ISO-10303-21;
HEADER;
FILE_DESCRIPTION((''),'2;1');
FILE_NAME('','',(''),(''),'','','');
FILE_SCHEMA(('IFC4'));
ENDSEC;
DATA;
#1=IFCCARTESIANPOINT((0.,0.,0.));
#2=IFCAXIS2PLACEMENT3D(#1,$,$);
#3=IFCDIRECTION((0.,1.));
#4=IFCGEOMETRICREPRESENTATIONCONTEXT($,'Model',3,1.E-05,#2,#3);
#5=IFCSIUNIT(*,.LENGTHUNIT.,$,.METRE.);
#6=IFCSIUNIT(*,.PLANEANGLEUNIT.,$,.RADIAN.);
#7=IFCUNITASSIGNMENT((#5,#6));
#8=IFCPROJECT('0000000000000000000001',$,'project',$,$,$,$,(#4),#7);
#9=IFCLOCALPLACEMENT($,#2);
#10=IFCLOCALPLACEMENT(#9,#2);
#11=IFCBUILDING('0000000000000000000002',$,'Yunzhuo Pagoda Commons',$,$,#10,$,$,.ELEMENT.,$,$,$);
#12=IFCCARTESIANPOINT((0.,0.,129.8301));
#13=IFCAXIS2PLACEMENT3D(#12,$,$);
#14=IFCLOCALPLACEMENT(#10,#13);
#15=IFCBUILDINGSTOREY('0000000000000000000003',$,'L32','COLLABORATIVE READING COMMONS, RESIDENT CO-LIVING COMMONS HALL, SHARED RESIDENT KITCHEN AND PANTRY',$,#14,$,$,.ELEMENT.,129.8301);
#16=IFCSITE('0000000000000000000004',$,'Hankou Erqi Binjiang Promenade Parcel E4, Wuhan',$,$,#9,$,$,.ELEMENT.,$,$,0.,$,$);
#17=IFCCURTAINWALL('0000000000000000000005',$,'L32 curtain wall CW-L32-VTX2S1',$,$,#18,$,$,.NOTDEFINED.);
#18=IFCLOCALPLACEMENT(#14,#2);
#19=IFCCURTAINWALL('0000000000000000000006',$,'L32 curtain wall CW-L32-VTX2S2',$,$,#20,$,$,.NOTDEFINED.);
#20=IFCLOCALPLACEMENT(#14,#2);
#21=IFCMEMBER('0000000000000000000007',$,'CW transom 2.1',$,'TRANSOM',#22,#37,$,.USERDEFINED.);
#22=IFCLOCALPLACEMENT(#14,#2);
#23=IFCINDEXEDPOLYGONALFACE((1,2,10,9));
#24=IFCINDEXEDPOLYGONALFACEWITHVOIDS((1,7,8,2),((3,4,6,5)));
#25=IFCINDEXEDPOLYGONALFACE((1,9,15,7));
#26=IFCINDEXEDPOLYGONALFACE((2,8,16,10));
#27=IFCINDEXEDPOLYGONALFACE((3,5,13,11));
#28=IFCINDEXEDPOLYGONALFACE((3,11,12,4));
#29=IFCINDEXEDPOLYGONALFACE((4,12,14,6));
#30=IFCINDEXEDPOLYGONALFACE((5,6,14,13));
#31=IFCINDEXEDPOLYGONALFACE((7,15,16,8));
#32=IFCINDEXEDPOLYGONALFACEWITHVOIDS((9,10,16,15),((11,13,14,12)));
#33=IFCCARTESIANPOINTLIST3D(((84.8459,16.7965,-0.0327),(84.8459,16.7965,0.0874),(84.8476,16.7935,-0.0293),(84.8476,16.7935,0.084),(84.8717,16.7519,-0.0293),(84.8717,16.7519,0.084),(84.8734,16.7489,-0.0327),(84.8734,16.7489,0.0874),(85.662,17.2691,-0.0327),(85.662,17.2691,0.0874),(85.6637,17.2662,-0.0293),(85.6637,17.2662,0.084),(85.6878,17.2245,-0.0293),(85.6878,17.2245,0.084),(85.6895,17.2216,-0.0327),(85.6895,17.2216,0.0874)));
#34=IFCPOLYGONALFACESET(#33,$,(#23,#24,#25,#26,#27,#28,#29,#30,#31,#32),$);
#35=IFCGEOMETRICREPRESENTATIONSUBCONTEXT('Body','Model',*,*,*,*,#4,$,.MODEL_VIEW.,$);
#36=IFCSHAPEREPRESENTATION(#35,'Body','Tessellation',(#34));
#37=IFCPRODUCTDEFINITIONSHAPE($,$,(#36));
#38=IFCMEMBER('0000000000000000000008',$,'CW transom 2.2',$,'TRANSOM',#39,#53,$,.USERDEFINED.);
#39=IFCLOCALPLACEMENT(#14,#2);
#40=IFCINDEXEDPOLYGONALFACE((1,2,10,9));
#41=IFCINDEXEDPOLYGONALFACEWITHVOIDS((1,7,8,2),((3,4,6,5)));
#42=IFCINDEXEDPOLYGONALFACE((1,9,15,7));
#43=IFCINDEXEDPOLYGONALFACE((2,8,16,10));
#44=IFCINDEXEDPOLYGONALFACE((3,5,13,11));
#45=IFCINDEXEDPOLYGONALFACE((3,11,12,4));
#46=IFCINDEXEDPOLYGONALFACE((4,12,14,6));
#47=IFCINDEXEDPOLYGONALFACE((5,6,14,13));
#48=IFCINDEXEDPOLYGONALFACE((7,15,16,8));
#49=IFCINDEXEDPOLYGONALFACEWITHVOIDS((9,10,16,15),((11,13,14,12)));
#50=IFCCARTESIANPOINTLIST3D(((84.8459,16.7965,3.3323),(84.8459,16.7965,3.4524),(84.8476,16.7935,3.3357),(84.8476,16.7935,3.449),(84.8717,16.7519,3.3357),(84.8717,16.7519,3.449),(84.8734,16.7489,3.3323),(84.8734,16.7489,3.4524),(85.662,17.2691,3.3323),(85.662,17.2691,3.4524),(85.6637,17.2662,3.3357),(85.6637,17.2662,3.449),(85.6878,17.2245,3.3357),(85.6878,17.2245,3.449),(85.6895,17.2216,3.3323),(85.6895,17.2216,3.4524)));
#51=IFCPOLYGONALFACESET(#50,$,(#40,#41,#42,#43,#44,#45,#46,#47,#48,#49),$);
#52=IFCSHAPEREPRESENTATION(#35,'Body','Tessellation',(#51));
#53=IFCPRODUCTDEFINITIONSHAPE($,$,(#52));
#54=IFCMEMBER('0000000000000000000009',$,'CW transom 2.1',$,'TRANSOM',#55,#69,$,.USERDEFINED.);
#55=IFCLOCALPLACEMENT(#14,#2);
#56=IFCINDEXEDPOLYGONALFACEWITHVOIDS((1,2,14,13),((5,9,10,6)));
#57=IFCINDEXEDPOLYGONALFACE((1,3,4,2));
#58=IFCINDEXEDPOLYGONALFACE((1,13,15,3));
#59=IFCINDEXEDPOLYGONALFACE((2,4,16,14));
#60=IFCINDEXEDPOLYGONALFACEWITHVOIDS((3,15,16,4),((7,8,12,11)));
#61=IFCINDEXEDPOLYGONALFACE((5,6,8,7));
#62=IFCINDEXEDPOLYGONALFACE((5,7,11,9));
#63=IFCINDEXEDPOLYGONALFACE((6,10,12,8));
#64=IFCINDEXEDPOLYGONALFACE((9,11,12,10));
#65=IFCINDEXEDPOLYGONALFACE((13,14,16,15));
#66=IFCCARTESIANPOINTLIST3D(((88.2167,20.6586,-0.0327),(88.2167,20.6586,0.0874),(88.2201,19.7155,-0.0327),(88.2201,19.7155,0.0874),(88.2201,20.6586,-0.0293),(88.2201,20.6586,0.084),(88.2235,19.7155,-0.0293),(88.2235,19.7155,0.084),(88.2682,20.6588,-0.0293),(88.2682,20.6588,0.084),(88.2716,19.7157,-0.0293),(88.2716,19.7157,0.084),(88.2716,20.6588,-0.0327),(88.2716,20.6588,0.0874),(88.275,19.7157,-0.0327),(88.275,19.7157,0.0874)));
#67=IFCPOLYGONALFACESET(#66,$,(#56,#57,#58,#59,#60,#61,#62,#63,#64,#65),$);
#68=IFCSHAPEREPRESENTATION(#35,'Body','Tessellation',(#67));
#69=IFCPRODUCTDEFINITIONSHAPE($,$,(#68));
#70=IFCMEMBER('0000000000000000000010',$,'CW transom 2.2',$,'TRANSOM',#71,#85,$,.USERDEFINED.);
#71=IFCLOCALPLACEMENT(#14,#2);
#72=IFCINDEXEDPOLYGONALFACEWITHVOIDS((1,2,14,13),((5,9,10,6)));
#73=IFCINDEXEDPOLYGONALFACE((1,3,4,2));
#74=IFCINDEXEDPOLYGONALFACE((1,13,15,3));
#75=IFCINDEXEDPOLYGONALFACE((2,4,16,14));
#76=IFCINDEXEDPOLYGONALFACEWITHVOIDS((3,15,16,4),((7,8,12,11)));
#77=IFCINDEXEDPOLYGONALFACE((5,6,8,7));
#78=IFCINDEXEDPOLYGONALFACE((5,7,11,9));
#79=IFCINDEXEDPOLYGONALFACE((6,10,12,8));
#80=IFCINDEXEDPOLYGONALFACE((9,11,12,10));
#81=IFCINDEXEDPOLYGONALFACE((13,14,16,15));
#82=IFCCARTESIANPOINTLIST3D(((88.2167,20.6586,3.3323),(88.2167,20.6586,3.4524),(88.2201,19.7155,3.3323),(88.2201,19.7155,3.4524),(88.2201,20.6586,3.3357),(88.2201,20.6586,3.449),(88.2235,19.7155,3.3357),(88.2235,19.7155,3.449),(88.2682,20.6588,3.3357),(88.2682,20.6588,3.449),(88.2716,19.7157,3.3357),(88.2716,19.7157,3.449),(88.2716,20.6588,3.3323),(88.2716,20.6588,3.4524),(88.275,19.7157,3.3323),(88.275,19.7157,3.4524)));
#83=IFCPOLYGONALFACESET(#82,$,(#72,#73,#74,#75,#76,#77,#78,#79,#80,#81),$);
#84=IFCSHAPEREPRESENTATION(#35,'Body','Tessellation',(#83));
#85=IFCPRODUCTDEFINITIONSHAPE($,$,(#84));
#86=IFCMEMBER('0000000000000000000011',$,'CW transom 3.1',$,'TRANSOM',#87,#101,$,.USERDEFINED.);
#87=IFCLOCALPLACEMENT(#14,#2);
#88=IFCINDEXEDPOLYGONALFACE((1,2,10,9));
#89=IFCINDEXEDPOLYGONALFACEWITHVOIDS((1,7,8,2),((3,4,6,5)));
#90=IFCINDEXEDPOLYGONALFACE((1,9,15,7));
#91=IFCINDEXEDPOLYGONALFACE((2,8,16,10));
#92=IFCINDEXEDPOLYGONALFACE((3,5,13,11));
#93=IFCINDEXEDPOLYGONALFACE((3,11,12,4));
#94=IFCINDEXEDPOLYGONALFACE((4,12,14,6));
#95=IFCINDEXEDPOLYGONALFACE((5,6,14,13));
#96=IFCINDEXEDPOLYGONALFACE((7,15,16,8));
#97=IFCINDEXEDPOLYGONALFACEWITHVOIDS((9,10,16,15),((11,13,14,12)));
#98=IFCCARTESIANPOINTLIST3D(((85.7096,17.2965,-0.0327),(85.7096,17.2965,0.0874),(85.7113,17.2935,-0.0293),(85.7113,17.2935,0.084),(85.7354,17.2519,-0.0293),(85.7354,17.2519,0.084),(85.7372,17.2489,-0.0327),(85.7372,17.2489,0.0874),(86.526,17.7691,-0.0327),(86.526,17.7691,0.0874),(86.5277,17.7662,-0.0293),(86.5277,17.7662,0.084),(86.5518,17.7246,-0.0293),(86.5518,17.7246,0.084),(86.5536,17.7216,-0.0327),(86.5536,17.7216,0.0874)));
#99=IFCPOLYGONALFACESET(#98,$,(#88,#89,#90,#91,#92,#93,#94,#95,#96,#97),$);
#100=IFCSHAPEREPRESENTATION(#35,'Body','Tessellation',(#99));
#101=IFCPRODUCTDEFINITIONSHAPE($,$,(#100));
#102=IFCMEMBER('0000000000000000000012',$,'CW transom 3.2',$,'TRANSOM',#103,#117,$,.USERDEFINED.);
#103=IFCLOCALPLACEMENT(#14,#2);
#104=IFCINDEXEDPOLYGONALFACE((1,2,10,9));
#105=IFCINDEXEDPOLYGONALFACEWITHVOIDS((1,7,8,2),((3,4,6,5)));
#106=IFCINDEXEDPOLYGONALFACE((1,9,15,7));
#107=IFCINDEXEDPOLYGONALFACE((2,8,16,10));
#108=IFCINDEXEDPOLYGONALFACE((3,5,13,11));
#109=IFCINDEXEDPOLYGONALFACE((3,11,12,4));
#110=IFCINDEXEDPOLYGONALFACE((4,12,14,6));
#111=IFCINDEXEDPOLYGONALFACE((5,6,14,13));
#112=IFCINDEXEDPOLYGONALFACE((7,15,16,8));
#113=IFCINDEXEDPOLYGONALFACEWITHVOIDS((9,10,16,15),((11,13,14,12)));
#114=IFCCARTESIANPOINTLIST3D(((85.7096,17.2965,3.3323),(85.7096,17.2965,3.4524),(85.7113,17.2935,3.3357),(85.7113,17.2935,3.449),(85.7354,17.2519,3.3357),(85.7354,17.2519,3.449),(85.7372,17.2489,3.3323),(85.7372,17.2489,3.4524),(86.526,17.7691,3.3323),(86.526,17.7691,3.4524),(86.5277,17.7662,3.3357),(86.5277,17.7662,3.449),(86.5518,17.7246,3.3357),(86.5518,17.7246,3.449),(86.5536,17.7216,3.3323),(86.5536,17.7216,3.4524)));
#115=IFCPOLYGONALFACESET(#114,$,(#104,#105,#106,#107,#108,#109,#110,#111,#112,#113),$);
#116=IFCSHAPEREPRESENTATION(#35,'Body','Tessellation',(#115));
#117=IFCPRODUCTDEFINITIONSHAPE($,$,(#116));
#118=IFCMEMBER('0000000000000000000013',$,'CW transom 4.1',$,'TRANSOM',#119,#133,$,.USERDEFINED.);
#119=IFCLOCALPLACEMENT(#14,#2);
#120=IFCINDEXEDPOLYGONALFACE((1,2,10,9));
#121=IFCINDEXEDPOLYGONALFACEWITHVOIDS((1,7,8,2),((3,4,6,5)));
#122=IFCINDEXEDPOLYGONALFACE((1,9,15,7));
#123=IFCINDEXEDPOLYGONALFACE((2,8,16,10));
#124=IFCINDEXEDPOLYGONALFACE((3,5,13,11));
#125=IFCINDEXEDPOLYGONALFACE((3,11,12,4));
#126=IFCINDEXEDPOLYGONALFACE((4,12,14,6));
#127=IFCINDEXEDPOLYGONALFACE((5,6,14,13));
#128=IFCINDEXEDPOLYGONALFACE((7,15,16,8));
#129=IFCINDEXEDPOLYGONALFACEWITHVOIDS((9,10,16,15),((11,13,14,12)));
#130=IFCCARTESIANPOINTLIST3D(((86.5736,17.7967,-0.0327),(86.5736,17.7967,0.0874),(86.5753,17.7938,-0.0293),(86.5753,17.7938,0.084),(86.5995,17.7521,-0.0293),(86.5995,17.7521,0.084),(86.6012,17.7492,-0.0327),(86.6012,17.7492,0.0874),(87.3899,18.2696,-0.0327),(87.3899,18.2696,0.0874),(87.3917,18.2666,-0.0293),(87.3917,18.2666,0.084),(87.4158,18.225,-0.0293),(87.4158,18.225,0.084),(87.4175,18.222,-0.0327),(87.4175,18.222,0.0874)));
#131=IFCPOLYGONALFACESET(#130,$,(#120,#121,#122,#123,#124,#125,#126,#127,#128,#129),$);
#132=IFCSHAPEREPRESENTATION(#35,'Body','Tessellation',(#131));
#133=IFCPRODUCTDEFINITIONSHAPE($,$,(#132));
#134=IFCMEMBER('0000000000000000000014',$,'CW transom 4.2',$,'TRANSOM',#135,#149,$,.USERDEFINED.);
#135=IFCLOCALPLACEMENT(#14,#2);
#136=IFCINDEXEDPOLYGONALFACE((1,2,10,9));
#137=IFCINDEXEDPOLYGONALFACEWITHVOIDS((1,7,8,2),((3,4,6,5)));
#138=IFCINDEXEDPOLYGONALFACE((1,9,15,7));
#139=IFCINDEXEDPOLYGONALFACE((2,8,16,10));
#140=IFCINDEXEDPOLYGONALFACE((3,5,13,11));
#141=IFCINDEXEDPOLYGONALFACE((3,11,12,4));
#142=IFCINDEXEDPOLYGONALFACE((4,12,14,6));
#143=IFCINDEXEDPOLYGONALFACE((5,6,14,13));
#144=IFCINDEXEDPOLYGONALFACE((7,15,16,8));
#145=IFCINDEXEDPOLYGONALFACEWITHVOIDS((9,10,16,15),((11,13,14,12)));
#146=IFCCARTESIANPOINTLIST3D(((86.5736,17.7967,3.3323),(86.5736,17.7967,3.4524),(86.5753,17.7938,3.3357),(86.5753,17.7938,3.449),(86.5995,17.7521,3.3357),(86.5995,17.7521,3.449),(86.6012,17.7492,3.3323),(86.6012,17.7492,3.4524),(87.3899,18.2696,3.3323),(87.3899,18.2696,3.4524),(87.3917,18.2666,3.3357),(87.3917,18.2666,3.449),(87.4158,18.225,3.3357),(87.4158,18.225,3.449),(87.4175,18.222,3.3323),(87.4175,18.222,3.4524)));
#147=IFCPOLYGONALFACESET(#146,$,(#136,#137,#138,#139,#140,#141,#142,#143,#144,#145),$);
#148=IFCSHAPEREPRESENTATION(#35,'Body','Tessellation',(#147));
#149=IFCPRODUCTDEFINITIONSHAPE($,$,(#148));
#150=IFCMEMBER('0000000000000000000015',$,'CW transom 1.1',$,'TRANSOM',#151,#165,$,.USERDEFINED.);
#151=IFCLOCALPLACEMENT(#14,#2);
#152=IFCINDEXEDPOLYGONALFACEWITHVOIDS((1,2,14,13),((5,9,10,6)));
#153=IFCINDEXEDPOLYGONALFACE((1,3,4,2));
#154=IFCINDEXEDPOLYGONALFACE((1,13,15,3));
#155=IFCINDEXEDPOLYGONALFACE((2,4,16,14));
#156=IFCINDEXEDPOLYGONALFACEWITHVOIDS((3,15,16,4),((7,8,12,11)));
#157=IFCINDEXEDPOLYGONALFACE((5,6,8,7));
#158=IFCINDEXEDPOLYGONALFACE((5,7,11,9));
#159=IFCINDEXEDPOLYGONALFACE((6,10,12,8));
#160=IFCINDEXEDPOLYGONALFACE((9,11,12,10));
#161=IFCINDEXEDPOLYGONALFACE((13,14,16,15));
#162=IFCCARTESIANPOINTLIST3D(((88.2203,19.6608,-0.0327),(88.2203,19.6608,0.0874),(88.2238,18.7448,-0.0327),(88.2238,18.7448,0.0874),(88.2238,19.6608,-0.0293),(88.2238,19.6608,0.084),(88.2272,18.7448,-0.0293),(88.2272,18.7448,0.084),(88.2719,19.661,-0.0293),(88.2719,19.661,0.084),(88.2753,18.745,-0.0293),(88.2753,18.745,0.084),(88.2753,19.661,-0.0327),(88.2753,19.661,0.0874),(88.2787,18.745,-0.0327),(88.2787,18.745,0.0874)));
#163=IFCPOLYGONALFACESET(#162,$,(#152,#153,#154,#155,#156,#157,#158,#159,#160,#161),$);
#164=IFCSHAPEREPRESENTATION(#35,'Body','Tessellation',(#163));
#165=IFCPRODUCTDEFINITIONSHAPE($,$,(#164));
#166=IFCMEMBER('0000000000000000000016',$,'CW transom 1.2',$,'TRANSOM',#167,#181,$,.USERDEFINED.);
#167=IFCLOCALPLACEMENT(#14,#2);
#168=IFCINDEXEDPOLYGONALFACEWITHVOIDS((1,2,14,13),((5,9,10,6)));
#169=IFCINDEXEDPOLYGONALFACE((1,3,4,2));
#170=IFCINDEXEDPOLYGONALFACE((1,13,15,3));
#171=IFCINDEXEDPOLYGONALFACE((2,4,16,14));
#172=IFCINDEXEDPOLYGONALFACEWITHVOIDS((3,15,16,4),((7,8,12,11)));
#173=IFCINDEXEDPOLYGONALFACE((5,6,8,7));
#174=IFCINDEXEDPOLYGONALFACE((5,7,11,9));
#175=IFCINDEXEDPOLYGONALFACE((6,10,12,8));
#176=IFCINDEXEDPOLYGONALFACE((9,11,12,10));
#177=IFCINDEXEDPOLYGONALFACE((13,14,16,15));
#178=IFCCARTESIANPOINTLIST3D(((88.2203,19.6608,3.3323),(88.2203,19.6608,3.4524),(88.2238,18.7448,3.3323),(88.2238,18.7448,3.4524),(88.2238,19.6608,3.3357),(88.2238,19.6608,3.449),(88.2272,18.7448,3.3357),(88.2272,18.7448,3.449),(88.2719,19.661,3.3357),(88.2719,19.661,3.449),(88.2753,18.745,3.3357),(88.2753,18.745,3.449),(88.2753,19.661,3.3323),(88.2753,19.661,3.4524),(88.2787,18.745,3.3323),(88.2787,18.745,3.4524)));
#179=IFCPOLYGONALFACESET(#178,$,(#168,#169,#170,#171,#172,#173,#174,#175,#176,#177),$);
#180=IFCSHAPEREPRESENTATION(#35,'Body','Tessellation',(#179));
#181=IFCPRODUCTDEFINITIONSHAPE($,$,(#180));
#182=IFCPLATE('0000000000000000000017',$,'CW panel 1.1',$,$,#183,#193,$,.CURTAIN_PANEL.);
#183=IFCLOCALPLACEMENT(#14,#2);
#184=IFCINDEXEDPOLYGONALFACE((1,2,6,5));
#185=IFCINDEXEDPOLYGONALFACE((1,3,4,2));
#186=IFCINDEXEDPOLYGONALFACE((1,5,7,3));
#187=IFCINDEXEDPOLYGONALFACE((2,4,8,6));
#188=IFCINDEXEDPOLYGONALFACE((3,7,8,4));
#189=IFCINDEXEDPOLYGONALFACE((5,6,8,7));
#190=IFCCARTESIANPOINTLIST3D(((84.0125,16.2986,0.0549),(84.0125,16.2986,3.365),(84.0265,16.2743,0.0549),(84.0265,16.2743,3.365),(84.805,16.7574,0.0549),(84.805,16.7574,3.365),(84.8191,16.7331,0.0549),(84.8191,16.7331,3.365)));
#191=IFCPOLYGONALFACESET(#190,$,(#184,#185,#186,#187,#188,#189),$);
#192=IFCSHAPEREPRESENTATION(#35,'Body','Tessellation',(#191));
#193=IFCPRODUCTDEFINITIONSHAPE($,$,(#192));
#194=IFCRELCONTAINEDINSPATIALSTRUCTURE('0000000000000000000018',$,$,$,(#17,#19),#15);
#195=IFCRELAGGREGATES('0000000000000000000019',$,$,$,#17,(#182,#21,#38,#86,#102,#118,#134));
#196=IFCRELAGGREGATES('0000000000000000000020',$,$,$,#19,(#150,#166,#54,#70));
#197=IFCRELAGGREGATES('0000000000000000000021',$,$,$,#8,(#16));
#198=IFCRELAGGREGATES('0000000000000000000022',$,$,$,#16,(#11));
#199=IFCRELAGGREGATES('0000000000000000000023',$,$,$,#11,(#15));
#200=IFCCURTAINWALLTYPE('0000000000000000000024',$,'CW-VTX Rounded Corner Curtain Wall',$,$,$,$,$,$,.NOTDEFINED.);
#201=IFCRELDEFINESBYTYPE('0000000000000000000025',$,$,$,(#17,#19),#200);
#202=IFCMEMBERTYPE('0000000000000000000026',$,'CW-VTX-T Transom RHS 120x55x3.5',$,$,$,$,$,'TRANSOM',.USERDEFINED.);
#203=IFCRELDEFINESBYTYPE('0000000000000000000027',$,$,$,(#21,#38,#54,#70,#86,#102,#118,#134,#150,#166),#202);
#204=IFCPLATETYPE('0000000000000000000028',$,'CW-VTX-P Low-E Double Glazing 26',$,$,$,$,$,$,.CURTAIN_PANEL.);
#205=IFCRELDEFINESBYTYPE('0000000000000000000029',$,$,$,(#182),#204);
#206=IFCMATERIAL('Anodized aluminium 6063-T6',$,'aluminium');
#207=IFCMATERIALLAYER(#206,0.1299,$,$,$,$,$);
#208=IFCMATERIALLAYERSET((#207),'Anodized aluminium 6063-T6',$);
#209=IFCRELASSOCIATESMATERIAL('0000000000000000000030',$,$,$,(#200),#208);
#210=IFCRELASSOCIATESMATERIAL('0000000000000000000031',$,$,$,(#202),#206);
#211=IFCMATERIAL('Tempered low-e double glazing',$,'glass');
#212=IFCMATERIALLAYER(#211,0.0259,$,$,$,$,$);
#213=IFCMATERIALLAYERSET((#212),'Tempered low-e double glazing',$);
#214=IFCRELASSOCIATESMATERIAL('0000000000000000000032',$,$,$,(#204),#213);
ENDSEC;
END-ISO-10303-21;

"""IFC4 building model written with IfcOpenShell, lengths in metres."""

from ifc_helpers import new_model, si_unit, direction, frame, origin, origin_2d, place, context, subcontext, project, spatial, rectangle, hollow_rectangle, extrude, source, transform, mapped, material, layer, layer_set, material_profile, profile_set, type_object, element, aggregate, save


model = new_model("IFC4")

# Units and contexts
model_context = context("Model", 3, precision=1e-05, world=origin(), true_north=direction((0.0, 1.0)))
body_context = subcontext(model_context, "Body", "Model", "MODEL_VIEW")
ifc_project = project(units=[si_unit("LENGTHUNIT", "METRE"), si_unit("PLANEANGLEUNIT", "RADIAN")], contexts=[model_context])

# Site, building, storey
site_placement = place(None, origin())
site = spatial("IfcSite", under=ifc_project, at=site_placement, Name="Hankou Erqi Binjiang Promenade Parcel E4, Wuhan", CompositionType="ELEMENT", RefElevation=0.0)
building_placement = place(site_placement, origin())
building = spatial("IfcBuilding", under=site, at=building_placement, Name="Yunzhuo Pagoda Commons", CompositionType="ELEMENT")
storey_placement = place(building_placement, frame((0.0, 0.0, 129.8301)))
storey = spatial("IfcBuildingStorey", under=building, at=storey_placement, Name="L32", Description="COLLABORATIVE READING COMMONS, RESIDENT CO-LIVING COMMONS HALL, SHARED RESIDENT KITCHEN AND PANTRY", CompositionType="ELEMENT", Elevation=129.8301)

# Shared definitions
ifc_material_1 = material(Name="Anodized aluminium 6063-T6", Category="aluminium")

# Curtain wall
ifc_layer_1 = layer(ifc_material_1, 0.1299)
ifc_layer_set_1 = layer_set([ifc_layer_1], Name="Anodized aluminium 6063-T6")
curtain_wall_type_1 = type_object("IfcCurtainWallType", Name="CW-VTX Rounded Corner Curtain Wall", PredefinedType="NOTDEFINED", material=ifc_layer_set_1)
curtain_wall_1_placement = place(storey_placement, origin())
curtain_wall_1 = element("IfcCurtainWall", 1, at=curtain_wall_1_placement, inside=storey, type_object=curtain_wall_type_1, Name="L32 curtain wall CW-L32-VTX2S1", PredefinedType="NOTDEFINED")

# Curtain wall
curtain_wall_2_placement = place(storey_placement, origin())
curtain_wall_2 = element("IfcCurtainWall", 2, at=curtain_wall_2_placement, inside=storey, type_object=curtain_wall_type_1, Name="L32 curtain wall CW-L32-VTX2S2", PredefinedType="NOTDEFINED")

# Members
ifc_material_profile_1 = material_profile(ifc_material_1, hollow_rectangle(XDim=0.0549, YDim=0.1201, WallThickness=0.0034, at=origin_2d()), Name="Anodized aluminium 6063-T6")
ifc_profile_set_1 = profile_set([ifc_material_profile_1], Name="Anodized aluminium 6063-T6")
member_type_1 = type_object("IfcMemberType", Name="CW-VTX-T Transom RHS 120x55x3.5", ElementType="TRANSOM", PredefinedType="USERDEFINED", material=ifc_profile_set_1)
shared_shape_1 = source(origin(), body_context, "Body", "SweptSolid", [
    extrude(hollow_rectangle(XDim=0.0549, YDim=0.1201, WallThickness=0.0034, at=origin_2d()), origin(), (0.0, 0.0, 1.0), 0.9431),
])
member_1_placement = place(storey_placement, frame((84.8596, 16.7727, 0.0273), z_axis=(0.865361, 0.501149, 0.0), x_axis=(-0.501149, 0.865361, 0.0)))
member_1 = element("IfcMember", 3, at=member_1_placement, type_object=member_type_1, Name="CW transom 2.1", ObjectType="TRANSOM", PredefinedType="USERDEFINED", context=body_context, shape_type="MappedRepresentation", body=[
    mapped(shared_shape_1, transform((0.0, 0.0, 0.0), scale=1.0)),
])
member_2_placement = place(storey_placement, frame((84.8596, 16.7727, 3.3923), z_axis=(0.865361, 0.501149, 0.0), x_axis=(-0.501149, 0.865361, 0.0)))
member_2 = element("IfcMember", 4, at=member_2_placement, type_object=member_type_1, Name="CW transom 2.2", ObjectType="TRANSOM", PredefinedType="USERDEFINED", context=body_context, shape_type="MappedRepresentation", body=[
    mapped(shared_shape_1, transform((0.0, 0.0, 0.0), scale=1.0)),
])
member_3_placement = place(storey_placement, frame((88.2476, 19.7156, 0.0273), z_axis=(-0.003624, 0.999993, 0.0), x_axis=(-0.999993, -0.003624, 0.0)))
member_3 = element("IfcMember", 5, at=member_3_placement, type_object=member_type_1, Name="CW transom 2.1", ObjectType="TRANSOM", PredefinedType="USERDEFINED", context=body_context, shape_type="MappedRepresentation", body=[
    mapped(shared_shape_1, transform((0.0, 0.0, 0.0), scale=1.0)),
])
member_4_placement = place(storey_placement, frame((88.2476, 19.7156, 3.3923), z_axis=(-0.003624, 0.999993, 0.0), x_axis=(-0.999993, -0.003624, 0.0)))
member_4 = element("IfcMember", 6, at=member_4_placement, type_object=member_type_1, Name="CW transom 2.2", ObjectType="TRANSOM", PredefinedType="USERDEFINED", context=body_context, shape_type="MappedRepresentation", body=[
    mapped(shared_shape_1, transform((0.0, 0.0, 0.0), scale=1.0)),
])
shared_shape_2 = source(origin(), body_context, "Body", "SweptSolid", [
    extrude(hollow_rectangle(XDim=0.0549, YDim=0.1201, WallThickness=0.0034, at=origin_2d()), origin(), (0.0, 0.0, 1.0), 0.9434),
])
member_5_placement = place(storey_placement, frame((85.7234, 17.2727, 0.0273), z_axis=(0.865426, 0.501036, 0.0), x_axis=(-0.501036, 0.865426, 0.0)))
member_5 = element("IfcMember", 7, at=member_5_placement, type_object=member_type_1, Name="CW transom 3.1", ObjectType="TRANSOM", PredefinedType="USERDEFINED", context=body_context, shape_type="MappedRepresentation", body=[
    mapped(shared_shape_2, transform((0.0, 0.0, 0.0), scale=1.0)),
])
member_6_placement = place(storey_placement, frame((85.7234, 17.2727, 3.3923), z_axis=(0.865426, 0.501036, 0.0), x_axis=(-0.501036, 0.865426, 0.0)))
member_6 = element("IfcMember", 8, at=member_6_placement, type_object=member_type_1, Name="CW transom 3.2", ObjectType="TRANSOM", PredefinedType="USERDEFINED", context=body_context, shape_type="MappedRepresentation", body=[
    mapped(shared_shape_2, transform((0.0, 0.0, 0.0), scale=1.0)),
])
member_7_placement = place(storey_placement, frame((86.5874, 17.7729, 0.0273), z_axis=(0.865314, 0.50123, 0.0), x_axis=(-0.50123, 0.865314, 0.0)))
member_7 = element("IfcMember", 9, at=member_7_placement, type_object=member_type_1, Name="CW transom 4.1", ObjectType="TRANSOM", PredefinedType="USERDEFINED", context=body_context, shape_type="MappedRepresentation", body=[
    mapped(shared_shape_2, transform((0.0, 0.0, 0.0), scale=1.0)),
])
member_8_placement = place(storey_placement, frame((86.5874, 17.7729, 3.3923), z_axis=(0.865314, 0.50123, 0.0), x_axis=(-0.50123, 0.865314, 0.0)))
member_8 = element("IfcMember", 10, at=member_8_placement, type_object=member_type_1, Name="CW transom 4.2", ObjectType="TRANSOM", PredefinedType="USERDEFINED", context=body_context, shape_type="MappedRepresentation", body=[
    mapped(shared_shape_2, transform((0.0, 0.0, 0.0), scale=1.0)),
])
shared_shape_3 = source(origin(), body_context, "Body", "SweptSolid", [
    extrude(hollow_rectangle(XDim=0.0549, YDim=0.1201, WallThickness=0.0034, at=origin_2d()), origin(), (0.0, 0.0, 1.0), 0.916),
])
member_9_placement = place(storey_placement, frame((88.2512, 18.7449, 0.0273), z_axis=(-0.003731, 0.999993, 0.0), x_axis=(-0.999993, -0.003731, 0.0)))
member_9 = element("IfcMember", 11, at=member_9_placement, type_object=member_type_1, Name="CW transom 1.1", ObjectType="TRANSOM", PredefinedType="USERDEFINED", context=body_context, shape_type="MappedRepresentation", body=[
    mapped(shared_shape_3, transform((0.0, 0.0, 0.0), scale=1.0)),
])
member_10_placement = place(storey_placement, frame((88.2512, 18.7449, 3.3923), z_axis=(-0.003731, 0.999993, 0.0), x_axis=(-0.999993, -0.003731, 0.0)))
member_10 = element("IfcMember", 12, at=member_10_placement, type_object=member_type_1, Name="CW transom 1.2", ObjectType="TRANSOM", PredefinedType="USERDEFINED", context=body_context, shape_type="MappedRepresentation", body=[
    mapped(shared_shape_3, transform((0.0, 0.0, 0.0), scale=1.0)),
])

# Plate
ifc_material_2 = material(Name="Tempered low-e double glazing", Category="glass")
ifc_layer_2 = layer(ifc_material_2, 0.0259)
ifc_layer_set_2 = layer_set([ifc_layer_2], Name="Tempered low-e double glazing")
plate_type = type_object("IfcPlateType", Name="CW-VTX-P Low-E Double Glazing 26", PredefinedType="CURTAIN_PANEL", material=ifc_layer_set_2)
shared_shape_4 = source(origin(), body_context, "Body", "SweptSolid", [
    extrude(rectangle(XDim=0.9158, YDim=0.0281, at=origin_2d()), origin(), (0.0, 0.0, 1.0), 3.3101),
])
plate_1_placement = place(storey_placement, frame((84.4158, 16.5159, 0.0549), z_axis=(0.0, 0.0, 1.0), x_axis=(0.865425, 0.501038, 0.0)))
plate_1 = element("IfcPlate", 13, at=plate_1_placement, type_object=plate_type, Name="CW panel 1.1", PredefinedType="CURTAIN_PANEL", context=body_context, shape_type="MappedRepresentation", body=[
    mapped(shared_shape_4, transform((0.0, 0.0, 0.0), scale=1.0)),
])
aggregate(curtain_wall_1, [plate_1, member_1, member_2, member_5, member_6, member_7, member_8])
aggregate(curtain_wall_2, [member_9, member_10, member_3, member_4])

save(model, "model.ifc")
